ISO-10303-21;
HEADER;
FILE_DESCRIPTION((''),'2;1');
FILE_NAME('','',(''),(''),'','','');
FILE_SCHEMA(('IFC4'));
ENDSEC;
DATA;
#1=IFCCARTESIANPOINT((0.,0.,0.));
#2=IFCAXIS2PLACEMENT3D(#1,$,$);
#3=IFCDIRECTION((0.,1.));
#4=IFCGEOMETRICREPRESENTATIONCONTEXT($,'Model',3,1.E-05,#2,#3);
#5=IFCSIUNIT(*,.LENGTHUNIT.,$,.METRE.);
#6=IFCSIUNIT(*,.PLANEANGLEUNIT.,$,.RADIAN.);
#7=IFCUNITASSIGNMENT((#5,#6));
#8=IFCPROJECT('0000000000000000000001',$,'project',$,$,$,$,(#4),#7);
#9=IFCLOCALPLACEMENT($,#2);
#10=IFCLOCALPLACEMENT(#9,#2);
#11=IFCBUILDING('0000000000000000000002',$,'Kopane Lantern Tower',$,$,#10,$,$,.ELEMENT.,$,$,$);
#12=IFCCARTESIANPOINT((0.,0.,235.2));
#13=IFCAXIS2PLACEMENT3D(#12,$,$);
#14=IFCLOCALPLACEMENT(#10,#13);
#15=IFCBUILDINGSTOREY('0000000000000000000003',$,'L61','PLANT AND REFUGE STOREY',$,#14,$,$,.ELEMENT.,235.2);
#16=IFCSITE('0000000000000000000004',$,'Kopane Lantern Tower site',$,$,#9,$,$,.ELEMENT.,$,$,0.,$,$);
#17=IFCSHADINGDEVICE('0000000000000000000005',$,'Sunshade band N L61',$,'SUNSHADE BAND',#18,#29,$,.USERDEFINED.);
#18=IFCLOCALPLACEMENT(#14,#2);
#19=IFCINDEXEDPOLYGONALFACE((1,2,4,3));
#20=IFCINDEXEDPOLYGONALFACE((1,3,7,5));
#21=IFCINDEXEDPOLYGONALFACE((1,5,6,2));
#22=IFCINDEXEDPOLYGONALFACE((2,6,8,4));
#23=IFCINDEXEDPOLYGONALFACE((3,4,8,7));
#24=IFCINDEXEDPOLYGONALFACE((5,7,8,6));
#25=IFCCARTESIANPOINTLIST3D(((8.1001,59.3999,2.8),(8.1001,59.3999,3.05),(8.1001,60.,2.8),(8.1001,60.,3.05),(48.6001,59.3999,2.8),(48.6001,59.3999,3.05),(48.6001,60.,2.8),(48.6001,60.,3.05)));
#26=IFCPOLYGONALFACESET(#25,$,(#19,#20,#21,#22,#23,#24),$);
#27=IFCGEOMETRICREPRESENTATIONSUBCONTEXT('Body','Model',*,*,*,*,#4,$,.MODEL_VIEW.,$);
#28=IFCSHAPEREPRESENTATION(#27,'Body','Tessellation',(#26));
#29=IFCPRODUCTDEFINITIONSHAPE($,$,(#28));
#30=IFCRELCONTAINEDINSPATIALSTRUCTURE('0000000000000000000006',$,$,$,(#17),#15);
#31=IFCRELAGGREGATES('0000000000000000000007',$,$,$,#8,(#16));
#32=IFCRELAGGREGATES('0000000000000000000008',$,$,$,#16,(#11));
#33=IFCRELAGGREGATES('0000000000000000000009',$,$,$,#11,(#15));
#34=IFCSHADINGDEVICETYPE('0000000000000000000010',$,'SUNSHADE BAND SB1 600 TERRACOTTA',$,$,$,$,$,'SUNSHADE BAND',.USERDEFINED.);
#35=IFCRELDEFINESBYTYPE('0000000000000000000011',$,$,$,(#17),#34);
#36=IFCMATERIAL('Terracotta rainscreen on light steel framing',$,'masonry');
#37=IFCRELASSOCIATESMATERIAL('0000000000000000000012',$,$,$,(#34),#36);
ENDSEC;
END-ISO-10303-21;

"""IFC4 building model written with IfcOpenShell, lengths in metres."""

from ifc_helpers import new_model, si_unit, direction, frame, origin, origin_2d, place, context, subcontext, project, spatial, rectangle, extrude, material, type_object, element, save


model = new_model("IFC4")

# Units and contexts
model_context = context("Model", 3, precision=1e-05, world=origin(), true_north=direction((0.0, 1.0)))
body_context = subcontext(model_context, "Body", "Model", "MODEL_VIEW")
ifc_project = project(units=[si_unit("LENGTHUNIT", "METRE"), si_unit("PLANEANGLEUNIT", "RADIAN")], contexts=[model_context])

# Site, building, storey
site_placement = place(None, origin())
site = spatial("IfcSite", under=ifc_project, at=site_placement, Name="Kopane Lantern Tower site", CompositionType="ELEMENT", RefElevation=0.0)
building_placement = place(site_placement, origin())
building = spatial("IfcBuilding", under=site, at=building_placement, Name="Kopane Lantern Tower", CompositionType="ELEMENT")
storey_placement = place(building_placement, frame((0.0, 0.0, 235.2)))
storey = spatial("IfcBuildingStorey", under=building, at=storey_placement, Name="L61", Description="PLANT AND REFUGE STOREY", CompositionType="ELEMENT", Elevation=235.2)

# Shading device
ifc_material_1 = material(Name="Terracotta rainscreen on light steel framing", Category="masonry")
shading_device_type = type_object("IfcShadingDeviceType", Name="SUNSHADE BAND SB1 600 TERRACOTTA", ElementType="SUNSHADE BAND", PredefinedType="USERDEFINED", material=ifc_material_1)
shading_device_placement = place(storey_placement, frame((28.3501, 59.7, 2.8), z_axis=(0.0, 0.0, 1.0), x_axis=(-1.0, 0.0, 0.0)))
element("IfcShadingDevice", 1, at=shading_device_placement, inside=storey, type_object=shading_device_type, Name="Sunshade band N L61", ObjectType="SUNSHADE BAND", PredefinedType="USERDEFINED", context=body_context, shape_type="SweptSolid", body=[
    extrude(rectangle(XDim=40.5, YDim=0.6001, at=origin_2d()), origin(), (0.0, 0.0, 1.0), 0.25),
])

save(model, "model.ifc")
